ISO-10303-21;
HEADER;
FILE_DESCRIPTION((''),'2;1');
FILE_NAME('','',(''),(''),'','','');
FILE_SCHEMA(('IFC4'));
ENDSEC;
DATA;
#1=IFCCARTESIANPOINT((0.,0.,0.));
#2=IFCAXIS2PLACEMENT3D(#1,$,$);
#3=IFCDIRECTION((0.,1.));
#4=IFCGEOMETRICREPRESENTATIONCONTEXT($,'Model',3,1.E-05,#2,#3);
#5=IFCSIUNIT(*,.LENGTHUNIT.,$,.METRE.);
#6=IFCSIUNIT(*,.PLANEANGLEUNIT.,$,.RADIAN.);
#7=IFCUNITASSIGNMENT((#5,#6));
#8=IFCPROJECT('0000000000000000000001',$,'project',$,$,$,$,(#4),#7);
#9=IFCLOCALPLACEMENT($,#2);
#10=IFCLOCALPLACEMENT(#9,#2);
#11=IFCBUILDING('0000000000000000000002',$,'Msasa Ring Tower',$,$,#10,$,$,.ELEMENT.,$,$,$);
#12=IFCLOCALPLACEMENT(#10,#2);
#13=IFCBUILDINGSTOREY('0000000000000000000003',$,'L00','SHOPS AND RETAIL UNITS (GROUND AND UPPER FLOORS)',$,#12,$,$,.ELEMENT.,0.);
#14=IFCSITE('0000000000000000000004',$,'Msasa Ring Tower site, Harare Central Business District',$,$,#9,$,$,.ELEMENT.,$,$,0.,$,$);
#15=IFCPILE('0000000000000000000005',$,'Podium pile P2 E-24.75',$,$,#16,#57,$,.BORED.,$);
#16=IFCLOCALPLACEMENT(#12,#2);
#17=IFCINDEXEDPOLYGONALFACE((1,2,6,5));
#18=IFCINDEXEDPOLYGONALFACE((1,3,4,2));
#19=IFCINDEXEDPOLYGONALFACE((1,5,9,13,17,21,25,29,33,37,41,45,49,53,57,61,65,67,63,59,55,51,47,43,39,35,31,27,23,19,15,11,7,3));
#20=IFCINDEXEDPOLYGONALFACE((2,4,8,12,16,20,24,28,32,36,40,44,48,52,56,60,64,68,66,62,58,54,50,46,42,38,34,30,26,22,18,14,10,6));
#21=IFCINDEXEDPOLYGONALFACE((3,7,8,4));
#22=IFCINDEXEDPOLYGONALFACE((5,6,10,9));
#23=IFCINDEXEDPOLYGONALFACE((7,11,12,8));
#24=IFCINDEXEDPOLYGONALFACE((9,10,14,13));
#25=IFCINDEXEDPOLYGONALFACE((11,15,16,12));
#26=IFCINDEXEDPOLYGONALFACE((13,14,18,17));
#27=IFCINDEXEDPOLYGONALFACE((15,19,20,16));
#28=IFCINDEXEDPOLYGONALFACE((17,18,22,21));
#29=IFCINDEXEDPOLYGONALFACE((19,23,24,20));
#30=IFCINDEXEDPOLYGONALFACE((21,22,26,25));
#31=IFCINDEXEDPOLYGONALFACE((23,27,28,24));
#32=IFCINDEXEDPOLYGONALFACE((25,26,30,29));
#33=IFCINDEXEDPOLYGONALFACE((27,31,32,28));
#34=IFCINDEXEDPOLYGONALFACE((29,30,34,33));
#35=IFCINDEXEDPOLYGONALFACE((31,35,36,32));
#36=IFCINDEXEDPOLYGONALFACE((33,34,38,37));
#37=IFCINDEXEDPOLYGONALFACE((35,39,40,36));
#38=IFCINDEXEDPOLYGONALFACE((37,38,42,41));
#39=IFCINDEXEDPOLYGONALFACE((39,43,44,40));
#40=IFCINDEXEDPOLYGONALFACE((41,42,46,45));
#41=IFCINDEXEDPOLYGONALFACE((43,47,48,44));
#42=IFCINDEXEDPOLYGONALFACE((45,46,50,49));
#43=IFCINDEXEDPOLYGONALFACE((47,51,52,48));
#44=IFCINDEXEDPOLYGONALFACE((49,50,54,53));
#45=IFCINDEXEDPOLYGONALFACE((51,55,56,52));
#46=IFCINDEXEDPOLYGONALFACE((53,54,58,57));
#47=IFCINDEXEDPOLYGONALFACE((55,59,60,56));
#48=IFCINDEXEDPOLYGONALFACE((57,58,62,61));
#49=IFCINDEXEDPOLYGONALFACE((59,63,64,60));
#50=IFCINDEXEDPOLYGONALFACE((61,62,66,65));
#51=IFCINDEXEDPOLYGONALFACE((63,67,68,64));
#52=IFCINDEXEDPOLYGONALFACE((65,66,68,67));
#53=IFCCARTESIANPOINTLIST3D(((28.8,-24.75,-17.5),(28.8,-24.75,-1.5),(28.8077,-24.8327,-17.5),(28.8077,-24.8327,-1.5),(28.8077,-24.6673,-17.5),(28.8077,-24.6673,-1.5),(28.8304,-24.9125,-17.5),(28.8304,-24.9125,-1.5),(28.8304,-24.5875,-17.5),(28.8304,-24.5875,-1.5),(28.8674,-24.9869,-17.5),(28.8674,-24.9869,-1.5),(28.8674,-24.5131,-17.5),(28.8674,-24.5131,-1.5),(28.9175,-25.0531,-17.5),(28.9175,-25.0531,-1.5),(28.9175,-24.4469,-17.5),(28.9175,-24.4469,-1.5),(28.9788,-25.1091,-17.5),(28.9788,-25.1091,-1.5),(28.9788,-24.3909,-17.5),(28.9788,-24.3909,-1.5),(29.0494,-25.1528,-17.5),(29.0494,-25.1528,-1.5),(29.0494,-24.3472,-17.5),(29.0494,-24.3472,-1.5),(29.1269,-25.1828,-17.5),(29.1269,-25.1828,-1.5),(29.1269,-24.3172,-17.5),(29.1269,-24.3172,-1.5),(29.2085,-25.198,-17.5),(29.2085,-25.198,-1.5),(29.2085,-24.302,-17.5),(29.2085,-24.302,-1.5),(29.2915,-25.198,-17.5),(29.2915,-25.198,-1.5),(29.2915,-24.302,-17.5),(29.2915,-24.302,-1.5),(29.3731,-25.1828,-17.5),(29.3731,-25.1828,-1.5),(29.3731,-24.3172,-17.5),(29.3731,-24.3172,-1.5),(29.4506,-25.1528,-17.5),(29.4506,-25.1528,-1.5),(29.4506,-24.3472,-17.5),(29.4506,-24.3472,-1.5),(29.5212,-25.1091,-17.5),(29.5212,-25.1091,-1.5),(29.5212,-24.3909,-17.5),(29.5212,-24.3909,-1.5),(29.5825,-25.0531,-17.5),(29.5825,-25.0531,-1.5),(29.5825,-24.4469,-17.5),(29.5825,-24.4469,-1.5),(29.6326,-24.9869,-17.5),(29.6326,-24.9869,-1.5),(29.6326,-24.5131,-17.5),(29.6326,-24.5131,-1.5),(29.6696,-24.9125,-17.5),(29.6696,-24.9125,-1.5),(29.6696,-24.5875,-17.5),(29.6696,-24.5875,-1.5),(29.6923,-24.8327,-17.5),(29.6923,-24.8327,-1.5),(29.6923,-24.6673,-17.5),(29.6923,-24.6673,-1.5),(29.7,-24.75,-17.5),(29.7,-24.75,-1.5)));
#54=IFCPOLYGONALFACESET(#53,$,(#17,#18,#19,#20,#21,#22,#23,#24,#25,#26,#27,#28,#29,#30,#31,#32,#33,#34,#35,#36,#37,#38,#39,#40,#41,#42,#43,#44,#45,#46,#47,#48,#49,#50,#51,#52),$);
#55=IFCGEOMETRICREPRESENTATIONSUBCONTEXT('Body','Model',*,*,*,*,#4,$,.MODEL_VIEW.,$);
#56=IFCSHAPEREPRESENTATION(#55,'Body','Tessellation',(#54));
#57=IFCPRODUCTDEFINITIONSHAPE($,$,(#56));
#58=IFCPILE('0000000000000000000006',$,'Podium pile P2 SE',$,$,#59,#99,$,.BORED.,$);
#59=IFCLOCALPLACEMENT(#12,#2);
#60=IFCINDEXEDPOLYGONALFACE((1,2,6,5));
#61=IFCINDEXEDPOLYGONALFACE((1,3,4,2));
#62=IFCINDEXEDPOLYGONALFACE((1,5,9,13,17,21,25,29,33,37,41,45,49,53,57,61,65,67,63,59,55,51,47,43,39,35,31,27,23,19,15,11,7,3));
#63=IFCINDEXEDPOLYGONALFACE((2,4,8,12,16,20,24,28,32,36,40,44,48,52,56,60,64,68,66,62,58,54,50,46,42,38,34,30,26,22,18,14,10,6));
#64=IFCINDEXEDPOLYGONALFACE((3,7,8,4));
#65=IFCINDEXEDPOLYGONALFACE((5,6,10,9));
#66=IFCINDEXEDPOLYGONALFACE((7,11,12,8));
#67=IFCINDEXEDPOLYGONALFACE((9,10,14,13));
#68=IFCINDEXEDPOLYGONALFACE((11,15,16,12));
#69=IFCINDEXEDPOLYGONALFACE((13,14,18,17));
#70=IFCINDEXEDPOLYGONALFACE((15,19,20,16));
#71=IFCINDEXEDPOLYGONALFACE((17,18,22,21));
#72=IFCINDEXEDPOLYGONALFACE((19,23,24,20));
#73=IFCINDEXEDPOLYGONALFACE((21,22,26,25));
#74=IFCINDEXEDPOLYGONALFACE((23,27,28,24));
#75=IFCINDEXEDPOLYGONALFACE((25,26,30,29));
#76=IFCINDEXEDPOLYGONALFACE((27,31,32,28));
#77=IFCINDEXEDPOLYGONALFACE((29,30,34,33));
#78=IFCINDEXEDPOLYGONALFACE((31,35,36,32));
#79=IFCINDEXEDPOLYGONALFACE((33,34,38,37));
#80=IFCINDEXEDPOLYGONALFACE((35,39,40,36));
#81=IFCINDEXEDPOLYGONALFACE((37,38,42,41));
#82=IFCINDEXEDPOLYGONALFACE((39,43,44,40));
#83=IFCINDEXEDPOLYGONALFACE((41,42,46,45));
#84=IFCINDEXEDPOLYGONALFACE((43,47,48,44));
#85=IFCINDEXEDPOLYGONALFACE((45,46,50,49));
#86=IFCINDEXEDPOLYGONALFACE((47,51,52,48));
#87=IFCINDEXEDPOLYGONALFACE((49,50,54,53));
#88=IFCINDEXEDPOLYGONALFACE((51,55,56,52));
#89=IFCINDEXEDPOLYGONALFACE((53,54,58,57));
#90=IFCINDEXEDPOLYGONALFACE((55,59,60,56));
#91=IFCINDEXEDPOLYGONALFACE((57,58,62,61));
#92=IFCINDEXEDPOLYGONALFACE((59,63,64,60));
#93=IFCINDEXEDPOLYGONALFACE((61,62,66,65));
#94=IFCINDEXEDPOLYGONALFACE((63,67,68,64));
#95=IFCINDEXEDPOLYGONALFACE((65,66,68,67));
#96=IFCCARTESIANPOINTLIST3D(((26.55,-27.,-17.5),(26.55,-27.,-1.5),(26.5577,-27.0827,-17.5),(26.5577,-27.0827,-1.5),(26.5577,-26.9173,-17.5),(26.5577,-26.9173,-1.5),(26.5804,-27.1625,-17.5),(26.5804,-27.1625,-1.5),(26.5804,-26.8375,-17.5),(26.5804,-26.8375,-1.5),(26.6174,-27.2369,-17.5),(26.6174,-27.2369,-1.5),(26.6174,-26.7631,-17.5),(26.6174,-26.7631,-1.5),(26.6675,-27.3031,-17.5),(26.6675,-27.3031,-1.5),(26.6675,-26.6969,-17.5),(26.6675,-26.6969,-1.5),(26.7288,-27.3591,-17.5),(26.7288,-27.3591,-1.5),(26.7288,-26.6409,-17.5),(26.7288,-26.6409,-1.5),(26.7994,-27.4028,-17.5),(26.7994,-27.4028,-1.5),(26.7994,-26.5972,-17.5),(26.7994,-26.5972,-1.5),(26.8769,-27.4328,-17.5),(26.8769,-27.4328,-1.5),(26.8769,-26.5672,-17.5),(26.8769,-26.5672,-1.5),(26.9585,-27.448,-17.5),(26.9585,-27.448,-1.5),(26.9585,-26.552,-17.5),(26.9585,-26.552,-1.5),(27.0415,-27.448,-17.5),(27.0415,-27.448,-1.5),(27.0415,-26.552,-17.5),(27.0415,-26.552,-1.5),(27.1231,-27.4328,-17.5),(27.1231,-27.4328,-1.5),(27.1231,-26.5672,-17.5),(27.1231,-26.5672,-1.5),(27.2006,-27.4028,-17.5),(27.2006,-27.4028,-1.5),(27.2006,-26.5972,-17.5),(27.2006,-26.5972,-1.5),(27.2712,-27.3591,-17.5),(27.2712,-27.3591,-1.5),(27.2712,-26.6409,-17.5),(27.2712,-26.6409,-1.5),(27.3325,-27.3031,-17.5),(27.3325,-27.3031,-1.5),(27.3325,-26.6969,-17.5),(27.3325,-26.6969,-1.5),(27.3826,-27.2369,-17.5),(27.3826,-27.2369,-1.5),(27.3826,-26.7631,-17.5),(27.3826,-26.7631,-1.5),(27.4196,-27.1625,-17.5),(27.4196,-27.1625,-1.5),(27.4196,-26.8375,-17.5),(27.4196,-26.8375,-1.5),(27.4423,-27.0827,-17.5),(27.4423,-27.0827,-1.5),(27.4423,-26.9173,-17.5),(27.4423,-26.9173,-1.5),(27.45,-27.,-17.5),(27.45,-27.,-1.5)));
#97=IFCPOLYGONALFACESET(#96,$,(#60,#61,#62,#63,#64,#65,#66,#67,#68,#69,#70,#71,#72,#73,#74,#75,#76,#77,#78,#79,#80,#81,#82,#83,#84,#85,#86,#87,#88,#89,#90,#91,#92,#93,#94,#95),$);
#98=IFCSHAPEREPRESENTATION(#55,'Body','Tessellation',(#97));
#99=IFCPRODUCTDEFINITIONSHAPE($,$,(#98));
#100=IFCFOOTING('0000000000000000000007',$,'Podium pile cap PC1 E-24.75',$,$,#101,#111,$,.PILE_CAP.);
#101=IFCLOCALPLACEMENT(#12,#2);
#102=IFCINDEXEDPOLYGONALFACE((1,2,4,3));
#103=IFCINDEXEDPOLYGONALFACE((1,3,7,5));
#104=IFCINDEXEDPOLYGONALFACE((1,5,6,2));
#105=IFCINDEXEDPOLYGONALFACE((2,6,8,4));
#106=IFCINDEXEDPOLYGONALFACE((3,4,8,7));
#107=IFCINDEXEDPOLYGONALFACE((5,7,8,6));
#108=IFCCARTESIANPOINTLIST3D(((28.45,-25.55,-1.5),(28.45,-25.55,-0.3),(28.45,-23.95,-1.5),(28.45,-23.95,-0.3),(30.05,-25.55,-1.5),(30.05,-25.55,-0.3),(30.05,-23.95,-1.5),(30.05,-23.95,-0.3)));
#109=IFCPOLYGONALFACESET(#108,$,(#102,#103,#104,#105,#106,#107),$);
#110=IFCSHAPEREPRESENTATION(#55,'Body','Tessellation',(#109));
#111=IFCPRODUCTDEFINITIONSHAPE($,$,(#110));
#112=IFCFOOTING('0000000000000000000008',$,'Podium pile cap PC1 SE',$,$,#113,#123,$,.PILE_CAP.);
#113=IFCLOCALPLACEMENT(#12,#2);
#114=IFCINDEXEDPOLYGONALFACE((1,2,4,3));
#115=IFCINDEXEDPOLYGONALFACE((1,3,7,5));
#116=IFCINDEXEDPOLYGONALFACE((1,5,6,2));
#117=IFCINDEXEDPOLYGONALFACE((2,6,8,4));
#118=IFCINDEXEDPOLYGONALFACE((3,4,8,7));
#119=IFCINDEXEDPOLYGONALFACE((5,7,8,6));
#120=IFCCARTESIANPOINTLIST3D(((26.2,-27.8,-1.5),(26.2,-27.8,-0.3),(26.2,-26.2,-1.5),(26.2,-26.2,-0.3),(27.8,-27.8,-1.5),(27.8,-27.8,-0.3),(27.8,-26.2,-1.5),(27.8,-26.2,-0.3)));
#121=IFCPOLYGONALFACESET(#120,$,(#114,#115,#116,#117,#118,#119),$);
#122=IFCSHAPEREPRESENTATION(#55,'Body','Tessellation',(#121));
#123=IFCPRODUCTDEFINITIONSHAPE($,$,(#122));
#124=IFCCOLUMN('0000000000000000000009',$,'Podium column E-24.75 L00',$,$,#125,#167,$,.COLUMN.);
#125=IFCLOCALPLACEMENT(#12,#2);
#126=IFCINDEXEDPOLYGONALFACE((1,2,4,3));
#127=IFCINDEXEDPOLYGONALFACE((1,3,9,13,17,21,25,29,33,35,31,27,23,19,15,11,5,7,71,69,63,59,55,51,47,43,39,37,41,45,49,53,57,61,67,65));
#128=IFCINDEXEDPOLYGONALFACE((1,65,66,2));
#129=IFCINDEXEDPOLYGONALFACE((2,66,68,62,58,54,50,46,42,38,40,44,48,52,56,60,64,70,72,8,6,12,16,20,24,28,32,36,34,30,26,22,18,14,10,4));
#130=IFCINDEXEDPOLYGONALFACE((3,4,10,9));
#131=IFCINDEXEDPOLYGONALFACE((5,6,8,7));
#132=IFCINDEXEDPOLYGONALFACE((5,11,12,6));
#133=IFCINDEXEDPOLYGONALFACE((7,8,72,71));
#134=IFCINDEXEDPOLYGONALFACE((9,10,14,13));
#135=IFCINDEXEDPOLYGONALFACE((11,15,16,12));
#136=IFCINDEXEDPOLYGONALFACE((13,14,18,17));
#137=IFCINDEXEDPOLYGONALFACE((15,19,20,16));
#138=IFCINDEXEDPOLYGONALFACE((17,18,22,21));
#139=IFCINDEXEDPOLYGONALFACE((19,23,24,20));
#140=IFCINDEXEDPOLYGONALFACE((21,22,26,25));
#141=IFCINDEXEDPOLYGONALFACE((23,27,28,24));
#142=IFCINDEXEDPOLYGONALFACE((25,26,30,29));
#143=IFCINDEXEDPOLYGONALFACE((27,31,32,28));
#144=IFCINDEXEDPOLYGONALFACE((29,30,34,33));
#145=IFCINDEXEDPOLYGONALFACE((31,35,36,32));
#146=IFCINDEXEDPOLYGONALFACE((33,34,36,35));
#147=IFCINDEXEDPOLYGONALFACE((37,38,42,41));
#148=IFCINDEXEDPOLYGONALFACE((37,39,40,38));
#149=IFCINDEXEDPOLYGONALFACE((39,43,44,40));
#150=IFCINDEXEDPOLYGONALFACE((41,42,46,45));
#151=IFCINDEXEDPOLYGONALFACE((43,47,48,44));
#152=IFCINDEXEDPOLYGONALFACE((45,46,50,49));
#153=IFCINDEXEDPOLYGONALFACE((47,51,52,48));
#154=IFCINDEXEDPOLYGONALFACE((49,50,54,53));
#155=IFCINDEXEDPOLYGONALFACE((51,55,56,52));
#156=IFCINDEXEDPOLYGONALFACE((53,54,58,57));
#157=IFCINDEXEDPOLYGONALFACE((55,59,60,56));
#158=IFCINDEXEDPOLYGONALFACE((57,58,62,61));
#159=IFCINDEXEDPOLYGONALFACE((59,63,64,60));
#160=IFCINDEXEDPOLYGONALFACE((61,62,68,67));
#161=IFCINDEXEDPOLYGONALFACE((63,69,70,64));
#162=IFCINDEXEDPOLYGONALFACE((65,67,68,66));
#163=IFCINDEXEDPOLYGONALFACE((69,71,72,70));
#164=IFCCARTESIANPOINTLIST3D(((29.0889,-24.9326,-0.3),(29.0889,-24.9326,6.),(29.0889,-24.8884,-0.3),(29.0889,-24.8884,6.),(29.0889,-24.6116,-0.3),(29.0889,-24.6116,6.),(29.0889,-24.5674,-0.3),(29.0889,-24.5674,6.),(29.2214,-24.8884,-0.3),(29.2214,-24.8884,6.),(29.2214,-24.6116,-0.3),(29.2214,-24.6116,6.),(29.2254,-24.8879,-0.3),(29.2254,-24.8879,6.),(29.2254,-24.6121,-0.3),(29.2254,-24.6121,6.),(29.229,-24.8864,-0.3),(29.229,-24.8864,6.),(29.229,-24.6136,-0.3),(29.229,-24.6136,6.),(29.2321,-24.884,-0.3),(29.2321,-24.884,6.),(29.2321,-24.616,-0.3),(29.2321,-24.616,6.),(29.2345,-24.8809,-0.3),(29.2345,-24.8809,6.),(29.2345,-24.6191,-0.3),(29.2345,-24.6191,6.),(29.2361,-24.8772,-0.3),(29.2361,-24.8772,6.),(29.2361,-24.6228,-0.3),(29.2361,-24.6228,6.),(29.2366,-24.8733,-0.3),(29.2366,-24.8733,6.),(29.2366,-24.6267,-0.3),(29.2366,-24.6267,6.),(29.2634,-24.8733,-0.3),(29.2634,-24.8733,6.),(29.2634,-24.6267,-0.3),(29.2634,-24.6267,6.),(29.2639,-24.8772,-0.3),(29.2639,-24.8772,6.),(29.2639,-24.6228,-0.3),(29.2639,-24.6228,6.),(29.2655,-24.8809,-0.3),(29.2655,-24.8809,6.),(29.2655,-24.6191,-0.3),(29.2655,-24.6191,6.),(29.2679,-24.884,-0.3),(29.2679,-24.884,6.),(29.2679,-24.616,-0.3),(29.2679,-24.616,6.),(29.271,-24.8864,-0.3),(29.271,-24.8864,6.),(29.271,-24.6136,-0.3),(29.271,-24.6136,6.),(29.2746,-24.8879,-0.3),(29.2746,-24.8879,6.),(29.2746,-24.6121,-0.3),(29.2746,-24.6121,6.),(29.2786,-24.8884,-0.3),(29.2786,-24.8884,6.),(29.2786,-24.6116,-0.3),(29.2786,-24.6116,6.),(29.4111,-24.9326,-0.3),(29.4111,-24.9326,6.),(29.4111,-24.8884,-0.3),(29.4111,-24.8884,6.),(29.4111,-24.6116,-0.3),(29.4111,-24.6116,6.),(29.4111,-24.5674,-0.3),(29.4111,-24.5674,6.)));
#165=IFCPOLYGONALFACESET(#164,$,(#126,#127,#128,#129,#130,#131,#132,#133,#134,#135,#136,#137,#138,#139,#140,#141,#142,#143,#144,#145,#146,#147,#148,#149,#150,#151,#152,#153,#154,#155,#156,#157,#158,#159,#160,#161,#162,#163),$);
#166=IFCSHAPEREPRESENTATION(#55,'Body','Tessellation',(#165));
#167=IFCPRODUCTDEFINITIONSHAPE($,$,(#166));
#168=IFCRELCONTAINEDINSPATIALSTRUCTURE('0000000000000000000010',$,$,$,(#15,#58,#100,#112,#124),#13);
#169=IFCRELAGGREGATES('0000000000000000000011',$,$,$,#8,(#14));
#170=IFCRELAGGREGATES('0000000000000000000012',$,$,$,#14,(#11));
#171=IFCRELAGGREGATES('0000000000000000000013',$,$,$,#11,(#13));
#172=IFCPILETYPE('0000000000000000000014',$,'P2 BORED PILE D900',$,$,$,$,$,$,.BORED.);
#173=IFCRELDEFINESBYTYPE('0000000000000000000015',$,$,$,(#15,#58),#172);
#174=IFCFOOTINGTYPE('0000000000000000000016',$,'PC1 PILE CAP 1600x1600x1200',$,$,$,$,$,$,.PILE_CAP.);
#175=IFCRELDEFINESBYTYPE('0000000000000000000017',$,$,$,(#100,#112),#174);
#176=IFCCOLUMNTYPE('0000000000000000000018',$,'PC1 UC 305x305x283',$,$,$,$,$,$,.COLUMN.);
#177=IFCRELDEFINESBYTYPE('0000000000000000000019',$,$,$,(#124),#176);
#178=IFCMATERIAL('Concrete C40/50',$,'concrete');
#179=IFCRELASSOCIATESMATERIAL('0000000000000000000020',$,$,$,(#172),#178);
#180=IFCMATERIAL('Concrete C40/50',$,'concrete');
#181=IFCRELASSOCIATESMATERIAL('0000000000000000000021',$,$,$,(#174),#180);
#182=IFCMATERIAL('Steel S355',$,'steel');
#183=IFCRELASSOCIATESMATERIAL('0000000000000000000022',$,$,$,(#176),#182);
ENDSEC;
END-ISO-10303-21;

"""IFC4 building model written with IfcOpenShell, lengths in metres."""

from ifc_helpers import new_model, si_unit, direction, frame, origin, origin_2d, place, context, subcontext, project, spatial, rectangle, circle, i_section, extrude, material, material_profile, profile_set, type_object, element, save


model = new_model("IFC4")

# Units and contexts
model_context = context("Model", 3, precision=1e-05, world=origin(), true_north=direction((0.0, 1.0)))
body_context = subcontext(model_context, "Body", "Model", "MODEL_VIEW")
ifc_project = project(units=[si_unit("LENGTHUNIT", "METRE"), si_unit("PLANEANGLEUNIT", "RADIAN")], contexts=[model_context])

# Site, building, storey
site_placement = place(None, origin())
site = spatial("IfcSite", under=ifc_project, at=site_placement, Name="Msasa Ring Tower site, Harare Central Business District", CompositionType="ELEMENT", RefElevation=0.0)
building_placement = place(site_placement, origin())
building = spatial("IfcBuilding", under=site, at=building_placement, Name="Msasa Ring Tower", CompositionType="ELEMENT")
storey_placement = place(building_placement, origin())
storey = spatial("IfcBuildingStorey", under=building, at=storey_placement, Name="L00", Description="SHOPS AND RETAIL UNITS (GROUND AND UPPER FLOORS)", CompositionType="ELEMENT", Elevation=0.0)

# Piles
ifc_material_1 = material(Name="Concrete C40/50", Category="concrete")
ifc_material_profile_1 = material_profile(ifc_material_1, circle(Radius=0.45, at=origin_2d()), Name="D900")
ifc_profile_set_1 = profile_set([ifc_material_profile_1], Name="Concrete C40/50")
pile_type = type_object("IfcPileType", Name="P2 BORED PILE D900", PredefinedType="BORED", material=ifc_profile_set_1)
for number, where, z_axis, x_axis, name in (
    (1, (29.25, -24.75, -1.5), (0.0, 0.0, -1.0), (1.0, 0.0, 0.0), "Podium pile P2 E-24.75"),
    (2, (27.0, -27.0, -1.5), (0.0, 0.0, -1.0), (1.0, 0.0, 0.0), "Podium pile P2 SE"),
):
    element("IfcPile", number, at=place(storey_placement, frame(where, z_axis=z_axis, x_axis=x_axis)), inside=storey, type_object=pile_type, Name=name, PredefinedType="BORED", context=body_context, shape_type="SweptSolid", body=[
        extrude(circle(Radius=0.45, at=origin_2d()), origin(), (0.0, 0.0, 1.0), 16.0),
    ])

# Footings
ifc_material_2 = material(Name="Concrete C40/50", Category="concrete")
footing_type = type_object("IfcFootingType", Name="PC1 PILE CAP 1600x1600x1200", PredefinedType="PILE_CAP", material=ifc_material_2)
for number, where, z_axis, x_axis, name in (
    (3, (29.25, -24.75, -1.5), (0.0, 0.0, 1.0), (1.0, 0.0, 0.0), "Podium pile cap PC1 E-24.75"),
    (4, (27.0, -27.0, -1.5), (0.0, 0.0, 1.0), (1.0, 0.0, 0.0), "Podium pile cap PC1 SE"),
):
    element("IfcFooting", number, at=place(storey_placement, frame(where, z_axis=z_axis, x_axis=x_axis)), inside=storey, type_object=footing_type, Name=name, PredefinedType="PILE_CAP", context=body_context, shape_type="SweptSolid", body=[
        extrude(rectangle(XDim=1.6001, YDim=1.6001, at=origin_2d()), origin(), (0.0, 0.0, 1.0), 1.2),
    ])

# Column
ifc_material_3 = material(Name="Steel S355", Category="steel")
ifc_material_profile_2 = material_profile(ifc_material_3, i_section(OverallWidth=0.3223, OverallDepth=0.3652, WebThickness=0.0269, FlangeThickness=0.0442, FilletRadius=0.0151, at=origin_2d()), Name="UC 305x305x283")
ifc_profile_set_2 = profile_set([ifc_material_profile_2], Name="Steel S355")
column_type = type_object("IfcColumnType", Name="PC1 UC 305x305x283", PredefinedType="COLUMN", material=ifc_profile_set_2)
for number, where, z_axis, x_axis, name in (
    (5, (29.25, -24.75, -0.3), (0.0, 0.0, 1.0), (1.0, 0.0, 0.0), "Podium column E-24.75 L00"),
):
    element("IfcColumn", number, at=place(storey_placement, frame(where, z_axis=z_axis, x_axis=x_axis)), inside=storey, type_object=column_type, Name=name, PredefinedType="COLUMN", context=body_context, shape_type="SweptSolid", body=[
        extrude(i_section(OverallWidth=0.3223, OverallDepth=0.3652, WebThickness=0.0269, FlangeThickness=0.0442, FilletRadius=0.0151, at=origin_2d()), origin(), (0.0, 0.0, 1.0), 6.3),
    ])

save(model, "model.ifc")
